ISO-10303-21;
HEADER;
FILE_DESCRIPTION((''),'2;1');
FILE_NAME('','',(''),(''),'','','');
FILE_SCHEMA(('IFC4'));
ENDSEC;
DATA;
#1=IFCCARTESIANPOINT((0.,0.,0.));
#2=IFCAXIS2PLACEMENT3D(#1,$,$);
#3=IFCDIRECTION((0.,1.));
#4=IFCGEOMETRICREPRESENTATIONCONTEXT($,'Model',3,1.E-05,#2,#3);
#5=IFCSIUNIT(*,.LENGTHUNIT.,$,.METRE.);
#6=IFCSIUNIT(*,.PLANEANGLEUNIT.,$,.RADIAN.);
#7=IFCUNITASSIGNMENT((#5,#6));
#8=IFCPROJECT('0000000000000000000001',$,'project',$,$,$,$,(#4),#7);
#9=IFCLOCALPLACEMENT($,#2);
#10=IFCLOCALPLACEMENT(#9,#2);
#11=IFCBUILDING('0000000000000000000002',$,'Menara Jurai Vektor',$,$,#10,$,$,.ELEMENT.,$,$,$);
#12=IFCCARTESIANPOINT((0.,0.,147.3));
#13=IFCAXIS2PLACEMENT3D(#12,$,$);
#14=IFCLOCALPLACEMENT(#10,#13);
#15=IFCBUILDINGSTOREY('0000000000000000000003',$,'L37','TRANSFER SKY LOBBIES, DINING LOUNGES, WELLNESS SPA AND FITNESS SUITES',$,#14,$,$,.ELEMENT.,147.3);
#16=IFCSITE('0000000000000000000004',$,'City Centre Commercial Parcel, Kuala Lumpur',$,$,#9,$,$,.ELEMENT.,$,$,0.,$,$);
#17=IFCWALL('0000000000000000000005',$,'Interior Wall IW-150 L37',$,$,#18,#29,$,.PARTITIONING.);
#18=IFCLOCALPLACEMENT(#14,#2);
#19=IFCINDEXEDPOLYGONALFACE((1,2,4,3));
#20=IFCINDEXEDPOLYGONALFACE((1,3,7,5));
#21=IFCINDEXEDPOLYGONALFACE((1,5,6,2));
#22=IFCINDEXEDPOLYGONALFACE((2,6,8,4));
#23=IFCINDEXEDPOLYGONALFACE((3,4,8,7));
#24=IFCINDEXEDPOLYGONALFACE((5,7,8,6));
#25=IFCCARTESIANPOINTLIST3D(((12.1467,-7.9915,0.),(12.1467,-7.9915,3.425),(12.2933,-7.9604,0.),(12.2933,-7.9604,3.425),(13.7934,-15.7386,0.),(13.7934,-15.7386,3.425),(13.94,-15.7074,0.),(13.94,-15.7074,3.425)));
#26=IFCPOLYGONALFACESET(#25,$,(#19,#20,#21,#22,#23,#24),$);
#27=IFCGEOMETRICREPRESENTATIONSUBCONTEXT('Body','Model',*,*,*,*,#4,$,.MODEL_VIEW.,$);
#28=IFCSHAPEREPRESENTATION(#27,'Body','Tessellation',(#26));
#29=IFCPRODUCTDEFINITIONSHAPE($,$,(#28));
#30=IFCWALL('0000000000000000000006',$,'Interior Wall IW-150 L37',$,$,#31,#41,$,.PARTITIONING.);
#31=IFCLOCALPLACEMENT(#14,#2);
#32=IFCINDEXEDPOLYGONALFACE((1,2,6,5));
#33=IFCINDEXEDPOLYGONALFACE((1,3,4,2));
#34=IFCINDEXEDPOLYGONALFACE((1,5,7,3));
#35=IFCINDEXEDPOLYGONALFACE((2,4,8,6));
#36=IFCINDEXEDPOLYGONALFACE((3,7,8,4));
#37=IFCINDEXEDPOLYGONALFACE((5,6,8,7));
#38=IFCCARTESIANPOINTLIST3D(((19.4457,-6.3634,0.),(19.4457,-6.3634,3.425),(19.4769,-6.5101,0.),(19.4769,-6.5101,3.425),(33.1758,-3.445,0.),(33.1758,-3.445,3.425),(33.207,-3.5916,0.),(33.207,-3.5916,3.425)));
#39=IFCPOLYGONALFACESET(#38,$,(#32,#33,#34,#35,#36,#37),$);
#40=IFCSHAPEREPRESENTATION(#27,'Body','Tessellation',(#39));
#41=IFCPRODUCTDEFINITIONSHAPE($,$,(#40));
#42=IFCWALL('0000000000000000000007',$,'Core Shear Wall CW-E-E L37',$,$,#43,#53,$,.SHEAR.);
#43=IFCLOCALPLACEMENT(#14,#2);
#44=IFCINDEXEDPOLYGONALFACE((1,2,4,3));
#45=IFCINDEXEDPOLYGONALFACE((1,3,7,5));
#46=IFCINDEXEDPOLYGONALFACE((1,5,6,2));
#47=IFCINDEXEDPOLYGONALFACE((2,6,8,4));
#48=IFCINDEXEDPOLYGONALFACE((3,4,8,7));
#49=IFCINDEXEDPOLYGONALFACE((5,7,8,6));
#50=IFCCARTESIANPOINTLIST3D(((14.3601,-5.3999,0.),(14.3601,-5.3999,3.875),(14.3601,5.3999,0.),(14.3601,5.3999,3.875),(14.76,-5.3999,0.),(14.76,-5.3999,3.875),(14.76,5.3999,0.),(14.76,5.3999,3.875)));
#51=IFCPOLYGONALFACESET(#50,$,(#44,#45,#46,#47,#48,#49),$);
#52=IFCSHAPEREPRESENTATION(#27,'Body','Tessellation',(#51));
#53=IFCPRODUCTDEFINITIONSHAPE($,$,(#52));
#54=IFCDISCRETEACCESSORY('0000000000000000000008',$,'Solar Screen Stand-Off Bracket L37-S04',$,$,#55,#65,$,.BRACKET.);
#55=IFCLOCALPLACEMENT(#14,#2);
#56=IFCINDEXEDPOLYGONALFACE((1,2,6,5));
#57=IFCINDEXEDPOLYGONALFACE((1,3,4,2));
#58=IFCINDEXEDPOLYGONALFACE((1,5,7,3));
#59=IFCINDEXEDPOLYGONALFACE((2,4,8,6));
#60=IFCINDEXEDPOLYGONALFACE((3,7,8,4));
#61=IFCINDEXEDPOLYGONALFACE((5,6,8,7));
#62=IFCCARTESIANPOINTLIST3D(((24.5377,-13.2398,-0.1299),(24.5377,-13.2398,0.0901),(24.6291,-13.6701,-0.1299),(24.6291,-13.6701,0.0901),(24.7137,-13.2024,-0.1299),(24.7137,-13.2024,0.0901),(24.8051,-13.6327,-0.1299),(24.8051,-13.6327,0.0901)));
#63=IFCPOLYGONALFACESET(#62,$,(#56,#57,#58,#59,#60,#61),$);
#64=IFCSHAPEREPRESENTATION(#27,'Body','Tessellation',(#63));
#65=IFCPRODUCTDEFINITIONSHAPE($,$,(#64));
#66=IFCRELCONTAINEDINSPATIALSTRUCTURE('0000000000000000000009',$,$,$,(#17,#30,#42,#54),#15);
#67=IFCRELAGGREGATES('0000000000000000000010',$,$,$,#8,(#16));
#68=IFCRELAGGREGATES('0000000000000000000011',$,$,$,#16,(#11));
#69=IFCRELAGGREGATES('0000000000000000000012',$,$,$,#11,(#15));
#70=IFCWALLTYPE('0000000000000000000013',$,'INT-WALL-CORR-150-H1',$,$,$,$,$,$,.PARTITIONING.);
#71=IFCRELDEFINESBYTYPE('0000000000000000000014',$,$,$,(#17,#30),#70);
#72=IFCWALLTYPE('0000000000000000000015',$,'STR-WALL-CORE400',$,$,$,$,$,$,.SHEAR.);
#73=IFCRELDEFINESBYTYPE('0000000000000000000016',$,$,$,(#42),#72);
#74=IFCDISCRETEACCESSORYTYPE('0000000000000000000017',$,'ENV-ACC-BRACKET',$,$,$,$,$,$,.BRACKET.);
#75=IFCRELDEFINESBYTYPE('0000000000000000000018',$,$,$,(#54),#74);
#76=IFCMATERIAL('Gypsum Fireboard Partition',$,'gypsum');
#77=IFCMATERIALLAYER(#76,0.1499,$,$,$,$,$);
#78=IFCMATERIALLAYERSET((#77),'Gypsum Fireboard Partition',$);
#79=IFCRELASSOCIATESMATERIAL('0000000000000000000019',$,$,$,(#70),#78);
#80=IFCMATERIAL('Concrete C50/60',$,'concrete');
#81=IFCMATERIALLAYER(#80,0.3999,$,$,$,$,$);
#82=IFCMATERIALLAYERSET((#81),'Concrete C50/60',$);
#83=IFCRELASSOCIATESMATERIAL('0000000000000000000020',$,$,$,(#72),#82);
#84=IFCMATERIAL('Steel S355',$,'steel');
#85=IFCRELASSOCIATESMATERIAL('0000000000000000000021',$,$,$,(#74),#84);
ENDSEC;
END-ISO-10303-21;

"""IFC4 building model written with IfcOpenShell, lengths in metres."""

from ifc_helpers import new_model, si_unit, direction, frame, frame_2d, origin, origin_2d, place, context, subcontext, project, spatial, rectangle, extrude, material, layer, layer_set, type_object, element, save


model = new_model("IFC4")

# Units and contexts
model_context = context("Model", 3, precision=1e-05, world=origin(), true_north=direction((0.0, 1.0)))
body_context = subcontext(model_context, "Body", "Model", "MODEL_VIEW")
ifc_project = project(units=[si_unit("LENGTHUNIT", "METRE"), si_unit("PLANEANGLEUNIT", "RADIAN")], contexts=[model_context])

# Site, building, storey
site_placement = place(None, origin())
site = spatial("IfcSite", under=ifc_project, at=site_placement, Name="City Centre Commercial Parcel, Kuala Lumpur", CompositionType="ELEMENT", RefElevation=0.0)
building_placement = place(site_placement, origin())
building = spatial("IfcBuilding", under=site, at=building_placement, Name="Menara Jurai Vektor", CompositionType="ELEMENT")
storey_placement = place(building_placement, frame((0.0, 0.0, 147.3)))
storey = spatial("IfcBuildingStorey", under=building, at=storey_placement, Name="L37", Description="TRANSFER SKY LOBBIES, DINING LOUNGES, WELLNESS SPA AND FITNESS SUITES", CompositionType="ELEMENT", Elevation=147.3)

# Shared definitions
ifc_material_1 = material(Name="Concrete C50/60", Category="concrete")

# Shared definitions
ifc_material_2 = material(Name="Steel S355", Category="steel")

# Shared definitions
ifc_material_3 = material(Name="Gypsum Fireboard Partition", Category="gypsum")

# Walls
ifc_layer_1 = layer(ifc_material_3, 0.1499)
ifc_layer_set_1 = layer_set([ifc_layer_1], Name="Gypsum Fireboard Partition")
wall_type_1 = type_object("IfcWallType", Name="INT-WALL-CORR-150-H1", PredefinedType="PARTITIONING", material=ifc_layer_set_1)
wall_1_placement = place(storey_placement, frame((13.8667, -15.7229, 0.0), z_axis=(0.0, 0.0, 1.0), x_axis=(-0.207916, 0.978147, 0.0)))
element("IfcWall", 1, at=wall_1_placement, inside=storey, type_object=wall_type_1, Name="Interior Wall IW-150 L37", PredefinedType="PARTITIONING", context=body_context, shape_type="SweptSolid", body=[
    extrude(rectangle(XDim=7.9202, YDim=0.1499, at=frame_2d((3.96, 0.0))), origin(), (0.0, 0.0, 1.0), 3.425),
])
wall_2_placement = place(storey_placement, frame((19.4612, -6.4368, 0.0), z_axis=(0.0, 0.0, 1.0), x_axis=(0.978147, 0.207912, 0.0)))
element("IfcWall", 2, at=wall_2_placement, inside=storey, type_object=wall_type_1, Name="Interior Wall IW-150 L37", PredefinedType="PARTITIONING", context=body_context, shape_type="SweptSolid", body=[
    extrude(rectangle(XDim=14.0369, YDim=0.1499, at=frame_2d((7.0186, 0.0))), origin(), (0.0, 0.0, 1.0), 3.425),
])
ifc_layer_2 = layer(ifc_material_1, 0.3999)
ifc_layer_set_2 = layer_set([ifc_layer_2], Name="Concrete C50/60")
wall_type_2 = type_object("IfcWallType", Name="STR-WALL-CORE400", PredefinedType="SHEAR", material=ifc_layer_set_2)
wall_3_placement = place(storey_placement, frame((14.5601, -5.3999, 0.0), z_axis=(0.0, 0.0, 1.0), x_axis=(0.0, 1.0, 0.0)))
element("IfcWall", 3, at=wall_3_placement, inside=storey, type_object=wall_type_2, Name="Core Shear Wall CW-E-E L37", PredefinedType="SHEAR", context=body_context, shape_type="SweptSolid", body=[
    extrude(rectangle(XDim=10.7998, YDim=0.3999, at=frame_2d((5.3999, 0.0))), origin(), (0.0, 0.0, 1.0), 3.875),
])

# Discrete accessory
discrete_accessory_type = type_object("IfcDiscreteAccessoryType", Name="ENV-ACC-BRACKET", PredefinedType="BRACKET", material=ifc_material_2)
discrete_accessory_placement = place(storey_placement, frame((24.6714, -13.4363, -0.1299), z_axis=(0.0, 0.0, 1.0), x_axis=(0.978148, 0.207912, 0.0)))
element("IfcDiscreteAccessory", 4, at=discrete_accessory_placement, inside=storey, type_object=discrete_accessory_type, Name="Solar Screen Stand-Off Bracket L37-S04", PredefinedType="BRACKET", context=body_context, shape_type="SweptSolid", body=[
    extrude(rectangle(XDim=0.1799, YDim=0.4399, at=origin_2d()), origin(), (0.0, 0.0, 1.0), 0.22),
])

save(model, "model.ifc")
